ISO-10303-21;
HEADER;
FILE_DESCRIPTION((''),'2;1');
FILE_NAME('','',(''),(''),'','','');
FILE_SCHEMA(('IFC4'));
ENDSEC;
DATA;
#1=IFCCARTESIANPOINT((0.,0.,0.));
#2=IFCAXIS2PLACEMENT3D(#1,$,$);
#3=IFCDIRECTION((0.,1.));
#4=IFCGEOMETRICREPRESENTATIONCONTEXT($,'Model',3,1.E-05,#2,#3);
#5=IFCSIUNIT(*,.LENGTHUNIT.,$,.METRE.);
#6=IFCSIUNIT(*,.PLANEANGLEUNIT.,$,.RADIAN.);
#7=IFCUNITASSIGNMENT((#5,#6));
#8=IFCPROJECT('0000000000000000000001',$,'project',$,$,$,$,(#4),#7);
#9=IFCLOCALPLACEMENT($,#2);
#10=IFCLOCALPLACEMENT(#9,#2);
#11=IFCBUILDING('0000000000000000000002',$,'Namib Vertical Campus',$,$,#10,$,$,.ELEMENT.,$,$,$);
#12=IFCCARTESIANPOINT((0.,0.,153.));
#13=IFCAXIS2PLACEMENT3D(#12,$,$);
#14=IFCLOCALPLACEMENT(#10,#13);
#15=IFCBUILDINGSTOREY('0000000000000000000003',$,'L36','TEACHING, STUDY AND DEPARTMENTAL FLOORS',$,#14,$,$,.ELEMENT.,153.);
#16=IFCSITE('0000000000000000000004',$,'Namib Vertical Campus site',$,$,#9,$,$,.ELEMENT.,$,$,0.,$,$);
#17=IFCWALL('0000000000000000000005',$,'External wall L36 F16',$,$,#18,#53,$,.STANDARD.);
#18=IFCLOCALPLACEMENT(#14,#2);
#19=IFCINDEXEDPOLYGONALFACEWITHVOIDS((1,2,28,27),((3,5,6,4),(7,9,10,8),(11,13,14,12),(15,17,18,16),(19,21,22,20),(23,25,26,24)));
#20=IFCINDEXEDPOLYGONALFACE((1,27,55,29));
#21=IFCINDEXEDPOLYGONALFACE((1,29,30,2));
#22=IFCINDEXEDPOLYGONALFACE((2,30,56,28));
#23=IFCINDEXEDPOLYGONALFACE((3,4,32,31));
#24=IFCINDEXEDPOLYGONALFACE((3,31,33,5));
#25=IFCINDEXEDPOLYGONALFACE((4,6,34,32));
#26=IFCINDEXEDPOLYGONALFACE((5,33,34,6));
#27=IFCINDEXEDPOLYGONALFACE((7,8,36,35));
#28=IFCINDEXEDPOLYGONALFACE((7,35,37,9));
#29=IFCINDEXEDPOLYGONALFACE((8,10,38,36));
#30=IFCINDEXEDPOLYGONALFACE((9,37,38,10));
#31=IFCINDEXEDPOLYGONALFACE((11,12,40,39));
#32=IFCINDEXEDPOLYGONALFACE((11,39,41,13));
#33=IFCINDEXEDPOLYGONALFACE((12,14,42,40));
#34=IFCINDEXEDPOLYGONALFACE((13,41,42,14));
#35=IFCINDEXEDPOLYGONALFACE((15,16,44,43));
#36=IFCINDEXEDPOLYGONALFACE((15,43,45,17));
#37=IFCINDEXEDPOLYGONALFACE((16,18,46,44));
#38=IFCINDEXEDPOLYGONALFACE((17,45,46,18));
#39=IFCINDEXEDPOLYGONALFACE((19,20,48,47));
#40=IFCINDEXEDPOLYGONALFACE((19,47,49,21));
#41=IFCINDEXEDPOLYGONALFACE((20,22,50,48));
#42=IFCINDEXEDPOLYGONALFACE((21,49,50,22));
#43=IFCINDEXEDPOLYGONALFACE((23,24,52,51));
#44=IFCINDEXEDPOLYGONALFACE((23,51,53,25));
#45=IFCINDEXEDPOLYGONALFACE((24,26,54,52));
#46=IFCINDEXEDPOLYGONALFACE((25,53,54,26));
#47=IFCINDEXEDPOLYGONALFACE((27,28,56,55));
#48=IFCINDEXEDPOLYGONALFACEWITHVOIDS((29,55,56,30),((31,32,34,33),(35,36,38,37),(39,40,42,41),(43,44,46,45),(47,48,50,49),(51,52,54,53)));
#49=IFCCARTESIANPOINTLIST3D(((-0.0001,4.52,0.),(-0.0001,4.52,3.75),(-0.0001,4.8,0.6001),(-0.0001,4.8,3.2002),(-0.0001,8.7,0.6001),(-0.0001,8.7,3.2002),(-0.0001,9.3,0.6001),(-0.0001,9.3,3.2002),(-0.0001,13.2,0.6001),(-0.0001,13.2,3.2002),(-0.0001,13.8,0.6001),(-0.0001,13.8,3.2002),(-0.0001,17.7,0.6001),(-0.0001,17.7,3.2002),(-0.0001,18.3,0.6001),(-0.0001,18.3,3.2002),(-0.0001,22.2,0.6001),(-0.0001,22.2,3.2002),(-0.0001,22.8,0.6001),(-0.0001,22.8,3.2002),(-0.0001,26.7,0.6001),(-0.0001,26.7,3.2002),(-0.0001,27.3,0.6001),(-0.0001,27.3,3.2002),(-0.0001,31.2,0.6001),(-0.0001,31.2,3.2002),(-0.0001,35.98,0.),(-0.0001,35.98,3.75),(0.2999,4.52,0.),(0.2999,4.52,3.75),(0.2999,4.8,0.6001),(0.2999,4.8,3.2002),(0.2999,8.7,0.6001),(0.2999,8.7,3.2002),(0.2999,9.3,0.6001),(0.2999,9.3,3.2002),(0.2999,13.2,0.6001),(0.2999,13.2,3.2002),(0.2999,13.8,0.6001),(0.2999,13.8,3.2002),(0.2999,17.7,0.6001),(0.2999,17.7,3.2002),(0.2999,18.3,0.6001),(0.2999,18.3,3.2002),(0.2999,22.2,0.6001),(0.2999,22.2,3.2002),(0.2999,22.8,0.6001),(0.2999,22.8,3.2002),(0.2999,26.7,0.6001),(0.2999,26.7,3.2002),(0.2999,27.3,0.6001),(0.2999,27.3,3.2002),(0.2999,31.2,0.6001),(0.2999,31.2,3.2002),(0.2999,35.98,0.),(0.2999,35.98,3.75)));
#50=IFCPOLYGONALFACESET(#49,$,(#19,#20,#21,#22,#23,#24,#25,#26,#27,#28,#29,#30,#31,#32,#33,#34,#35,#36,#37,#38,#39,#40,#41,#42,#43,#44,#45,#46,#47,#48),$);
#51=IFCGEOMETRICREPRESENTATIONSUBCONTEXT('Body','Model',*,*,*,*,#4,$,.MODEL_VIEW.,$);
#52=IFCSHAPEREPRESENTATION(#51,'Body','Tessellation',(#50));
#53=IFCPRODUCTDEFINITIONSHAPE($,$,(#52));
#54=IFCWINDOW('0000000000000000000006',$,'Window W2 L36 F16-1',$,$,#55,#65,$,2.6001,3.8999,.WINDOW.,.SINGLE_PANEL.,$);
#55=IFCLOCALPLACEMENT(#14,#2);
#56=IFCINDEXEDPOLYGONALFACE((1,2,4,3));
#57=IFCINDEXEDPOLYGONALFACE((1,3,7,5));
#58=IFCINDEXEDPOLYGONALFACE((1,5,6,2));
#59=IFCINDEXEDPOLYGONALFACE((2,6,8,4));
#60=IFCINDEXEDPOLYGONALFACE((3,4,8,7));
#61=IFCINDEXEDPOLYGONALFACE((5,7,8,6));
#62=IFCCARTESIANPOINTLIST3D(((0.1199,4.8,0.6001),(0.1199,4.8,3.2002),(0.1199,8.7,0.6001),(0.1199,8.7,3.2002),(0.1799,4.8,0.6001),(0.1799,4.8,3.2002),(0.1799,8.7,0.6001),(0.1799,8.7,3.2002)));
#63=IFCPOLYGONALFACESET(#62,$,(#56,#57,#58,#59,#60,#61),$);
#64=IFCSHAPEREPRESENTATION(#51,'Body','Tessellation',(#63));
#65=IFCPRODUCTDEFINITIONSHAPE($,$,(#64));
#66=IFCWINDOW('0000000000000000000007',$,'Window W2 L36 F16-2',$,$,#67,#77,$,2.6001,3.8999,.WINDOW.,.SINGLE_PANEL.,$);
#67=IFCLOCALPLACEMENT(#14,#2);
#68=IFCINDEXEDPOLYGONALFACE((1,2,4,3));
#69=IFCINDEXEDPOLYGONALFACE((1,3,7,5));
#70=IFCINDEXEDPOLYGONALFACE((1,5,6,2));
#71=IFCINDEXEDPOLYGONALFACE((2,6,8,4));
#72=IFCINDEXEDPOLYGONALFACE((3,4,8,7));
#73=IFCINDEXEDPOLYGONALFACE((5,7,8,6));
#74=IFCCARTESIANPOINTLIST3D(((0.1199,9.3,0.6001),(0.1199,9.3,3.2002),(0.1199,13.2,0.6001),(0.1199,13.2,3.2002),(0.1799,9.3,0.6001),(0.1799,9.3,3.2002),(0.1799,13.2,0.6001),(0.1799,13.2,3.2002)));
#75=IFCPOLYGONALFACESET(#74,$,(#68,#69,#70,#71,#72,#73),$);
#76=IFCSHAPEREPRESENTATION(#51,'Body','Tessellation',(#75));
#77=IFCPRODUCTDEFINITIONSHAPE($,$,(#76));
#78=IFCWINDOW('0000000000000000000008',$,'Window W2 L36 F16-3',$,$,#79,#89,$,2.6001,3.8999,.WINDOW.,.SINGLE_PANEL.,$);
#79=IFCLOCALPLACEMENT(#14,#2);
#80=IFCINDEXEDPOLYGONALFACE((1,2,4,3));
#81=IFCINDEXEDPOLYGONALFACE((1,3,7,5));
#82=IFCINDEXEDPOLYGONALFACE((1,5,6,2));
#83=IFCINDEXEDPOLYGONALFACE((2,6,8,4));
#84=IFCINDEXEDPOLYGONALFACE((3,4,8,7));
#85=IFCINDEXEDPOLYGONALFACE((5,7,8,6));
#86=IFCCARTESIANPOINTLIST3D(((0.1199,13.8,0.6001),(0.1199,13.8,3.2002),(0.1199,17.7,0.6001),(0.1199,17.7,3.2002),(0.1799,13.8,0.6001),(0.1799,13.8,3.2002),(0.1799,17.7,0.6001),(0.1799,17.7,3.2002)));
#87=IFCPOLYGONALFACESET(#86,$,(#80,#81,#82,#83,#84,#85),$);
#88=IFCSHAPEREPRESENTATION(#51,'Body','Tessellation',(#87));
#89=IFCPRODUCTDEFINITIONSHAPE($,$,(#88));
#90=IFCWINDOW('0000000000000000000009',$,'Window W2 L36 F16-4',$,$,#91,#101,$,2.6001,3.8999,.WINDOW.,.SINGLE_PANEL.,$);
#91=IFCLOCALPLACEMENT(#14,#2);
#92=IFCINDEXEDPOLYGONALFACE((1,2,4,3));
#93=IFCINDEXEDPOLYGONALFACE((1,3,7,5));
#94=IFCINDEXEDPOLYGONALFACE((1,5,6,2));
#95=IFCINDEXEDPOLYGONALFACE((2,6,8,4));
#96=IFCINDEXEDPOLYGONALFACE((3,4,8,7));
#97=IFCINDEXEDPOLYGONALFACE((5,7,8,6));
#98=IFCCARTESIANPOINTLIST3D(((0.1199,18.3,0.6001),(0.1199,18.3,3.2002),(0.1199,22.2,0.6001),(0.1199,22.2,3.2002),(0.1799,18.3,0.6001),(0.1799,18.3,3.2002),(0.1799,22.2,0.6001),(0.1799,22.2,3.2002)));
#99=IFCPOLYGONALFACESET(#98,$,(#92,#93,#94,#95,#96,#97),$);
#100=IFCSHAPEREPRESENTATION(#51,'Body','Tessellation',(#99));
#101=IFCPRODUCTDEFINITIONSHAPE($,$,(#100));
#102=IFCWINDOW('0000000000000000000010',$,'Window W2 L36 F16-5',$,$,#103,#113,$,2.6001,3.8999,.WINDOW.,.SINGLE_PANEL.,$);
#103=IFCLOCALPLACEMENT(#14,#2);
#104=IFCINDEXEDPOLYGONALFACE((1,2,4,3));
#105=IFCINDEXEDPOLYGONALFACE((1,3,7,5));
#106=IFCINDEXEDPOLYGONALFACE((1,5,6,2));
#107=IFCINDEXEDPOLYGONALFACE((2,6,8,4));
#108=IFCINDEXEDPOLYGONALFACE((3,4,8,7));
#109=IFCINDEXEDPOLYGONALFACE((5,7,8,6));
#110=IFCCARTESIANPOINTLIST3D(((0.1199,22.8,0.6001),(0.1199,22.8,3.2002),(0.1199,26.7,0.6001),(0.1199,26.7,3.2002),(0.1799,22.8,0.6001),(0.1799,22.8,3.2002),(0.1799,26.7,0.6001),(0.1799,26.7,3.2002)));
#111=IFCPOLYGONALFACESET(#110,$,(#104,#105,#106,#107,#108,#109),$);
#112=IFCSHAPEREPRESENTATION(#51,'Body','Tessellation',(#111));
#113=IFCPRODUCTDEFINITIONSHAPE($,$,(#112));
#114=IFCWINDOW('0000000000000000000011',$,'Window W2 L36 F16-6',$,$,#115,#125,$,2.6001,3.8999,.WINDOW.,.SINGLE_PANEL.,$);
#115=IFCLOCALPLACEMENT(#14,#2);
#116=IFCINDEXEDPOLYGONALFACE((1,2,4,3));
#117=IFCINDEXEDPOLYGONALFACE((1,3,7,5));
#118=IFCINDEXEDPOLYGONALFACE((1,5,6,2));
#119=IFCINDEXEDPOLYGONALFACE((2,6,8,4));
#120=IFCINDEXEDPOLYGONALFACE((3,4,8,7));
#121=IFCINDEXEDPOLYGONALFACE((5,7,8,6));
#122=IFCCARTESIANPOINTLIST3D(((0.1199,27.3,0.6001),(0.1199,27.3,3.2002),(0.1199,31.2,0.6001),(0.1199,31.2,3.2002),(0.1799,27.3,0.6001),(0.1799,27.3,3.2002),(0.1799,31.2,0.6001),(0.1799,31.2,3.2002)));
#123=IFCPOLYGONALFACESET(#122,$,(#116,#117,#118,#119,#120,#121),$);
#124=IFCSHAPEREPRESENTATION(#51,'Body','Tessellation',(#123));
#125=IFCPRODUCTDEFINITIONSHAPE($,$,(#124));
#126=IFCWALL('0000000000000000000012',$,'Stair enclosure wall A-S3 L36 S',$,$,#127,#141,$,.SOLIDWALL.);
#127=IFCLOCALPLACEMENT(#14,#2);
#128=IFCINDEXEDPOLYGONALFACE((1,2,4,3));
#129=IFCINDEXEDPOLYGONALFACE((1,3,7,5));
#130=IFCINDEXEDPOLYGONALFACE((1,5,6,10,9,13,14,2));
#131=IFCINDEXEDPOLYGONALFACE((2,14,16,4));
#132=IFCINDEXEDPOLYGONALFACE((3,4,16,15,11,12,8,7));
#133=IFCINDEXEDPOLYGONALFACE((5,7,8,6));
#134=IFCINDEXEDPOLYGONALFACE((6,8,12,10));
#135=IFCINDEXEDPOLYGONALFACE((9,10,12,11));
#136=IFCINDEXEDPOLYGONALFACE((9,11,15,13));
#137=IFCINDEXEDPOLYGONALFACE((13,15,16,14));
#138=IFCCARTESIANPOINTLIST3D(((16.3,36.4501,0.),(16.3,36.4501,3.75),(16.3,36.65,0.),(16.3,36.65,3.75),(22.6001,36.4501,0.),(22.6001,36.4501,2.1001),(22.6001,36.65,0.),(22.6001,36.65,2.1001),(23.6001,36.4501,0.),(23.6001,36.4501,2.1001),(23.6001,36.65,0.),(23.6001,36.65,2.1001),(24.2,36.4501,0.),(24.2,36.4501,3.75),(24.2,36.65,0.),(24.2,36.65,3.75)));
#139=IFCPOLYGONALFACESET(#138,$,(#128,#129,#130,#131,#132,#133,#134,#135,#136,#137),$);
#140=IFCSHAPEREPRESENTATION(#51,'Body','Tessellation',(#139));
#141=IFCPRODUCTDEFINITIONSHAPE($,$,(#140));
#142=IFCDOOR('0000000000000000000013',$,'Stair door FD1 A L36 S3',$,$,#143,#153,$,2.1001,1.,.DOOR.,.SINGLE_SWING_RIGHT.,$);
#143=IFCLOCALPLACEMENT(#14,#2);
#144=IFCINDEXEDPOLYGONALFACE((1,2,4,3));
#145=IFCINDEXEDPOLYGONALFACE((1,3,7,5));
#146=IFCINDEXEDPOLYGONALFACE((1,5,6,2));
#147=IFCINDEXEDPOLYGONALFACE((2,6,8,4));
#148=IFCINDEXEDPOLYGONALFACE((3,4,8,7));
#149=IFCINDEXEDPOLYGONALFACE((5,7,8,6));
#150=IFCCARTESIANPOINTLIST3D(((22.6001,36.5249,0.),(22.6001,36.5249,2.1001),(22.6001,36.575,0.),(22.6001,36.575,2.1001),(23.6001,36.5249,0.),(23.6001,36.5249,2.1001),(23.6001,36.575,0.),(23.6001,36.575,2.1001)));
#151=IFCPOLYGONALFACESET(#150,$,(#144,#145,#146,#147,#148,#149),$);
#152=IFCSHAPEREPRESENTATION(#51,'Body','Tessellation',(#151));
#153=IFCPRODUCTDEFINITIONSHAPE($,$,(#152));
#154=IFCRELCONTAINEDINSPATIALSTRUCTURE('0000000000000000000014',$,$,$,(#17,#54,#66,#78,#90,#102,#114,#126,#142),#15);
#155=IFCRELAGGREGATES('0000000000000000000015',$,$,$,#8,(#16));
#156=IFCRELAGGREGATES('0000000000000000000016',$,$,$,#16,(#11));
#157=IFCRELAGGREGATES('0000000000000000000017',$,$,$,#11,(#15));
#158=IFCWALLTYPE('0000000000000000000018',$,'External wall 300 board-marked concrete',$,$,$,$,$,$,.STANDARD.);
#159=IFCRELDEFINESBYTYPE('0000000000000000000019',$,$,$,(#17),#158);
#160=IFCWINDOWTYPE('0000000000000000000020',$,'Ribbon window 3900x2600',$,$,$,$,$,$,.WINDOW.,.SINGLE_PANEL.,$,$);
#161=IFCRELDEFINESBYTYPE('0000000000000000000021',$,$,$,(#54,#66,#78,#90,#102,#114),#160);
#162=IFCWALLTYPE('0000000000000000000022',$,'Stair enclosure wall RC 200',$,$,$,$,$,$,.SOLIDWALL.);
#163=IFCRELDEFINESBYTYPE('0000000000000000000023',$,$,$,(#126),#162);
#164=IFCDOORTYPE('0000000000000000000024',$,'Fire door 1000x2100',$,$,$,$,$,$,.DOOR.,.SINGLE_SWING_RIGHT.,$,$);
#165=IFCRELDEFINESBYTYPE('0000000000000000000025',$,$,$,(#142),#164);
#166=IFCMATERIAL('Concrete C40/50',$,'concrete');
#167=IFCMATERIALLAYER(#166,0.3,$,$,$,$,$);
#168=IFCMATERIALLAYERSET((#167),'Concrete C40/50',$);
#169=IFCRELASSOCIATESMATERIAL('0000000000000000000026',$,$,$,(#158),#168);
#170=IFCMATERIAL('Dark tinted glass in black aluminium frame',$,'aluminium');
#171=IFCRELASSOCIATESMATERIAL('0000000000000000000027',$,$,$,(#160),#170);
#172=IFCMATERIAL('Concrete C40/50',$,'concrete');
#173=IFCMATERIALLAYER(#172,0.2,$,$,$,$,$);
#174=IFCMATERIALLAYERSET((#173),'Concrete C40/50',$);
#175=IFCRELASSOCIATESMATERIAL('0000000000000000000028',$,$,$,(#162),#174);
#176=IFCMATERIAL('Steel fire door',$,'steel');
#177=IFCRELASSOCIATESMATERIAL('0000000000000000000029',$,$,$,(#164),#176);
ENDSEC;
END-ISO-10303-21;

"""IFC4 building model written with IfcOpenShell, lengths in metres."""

from ifc_helpers import new_model, si_unit, direction, frame, frame_2d, origin, place, context, subcontext, project, spatial, rectangle, extrude, material, layer, layer_set, type_object, element, fill, save


model = new_model("IFC4")

# Units and contexts
model_context = context("Model", 3, precision=1e-05, world=origin(), true_north=direction((0.0, 1.0)))
body_context = subcontext(model_context, "Body", "Model", "MODEL_VIEW")
ifc_project = project(units=[si_unit("LENGTHUNIT", "METRE"), si_unit("PLANEANGLEUNIT", "RADIAN")], contexts=[model_context])

# Site, building, storey
site_placement = place(None, origin())
site = spatial("IfcSite", under=ifc_project, at=site_placement, Name="Namib Vertical Campus site", CompositionType="ELEMENT", RefElevation=0.0)
building_placement = place(site_placement, origin())
building = spatial("IfcBuilding", under=site, at=building_placement, Name="Namib Vertical Campus", CompositionType="ELEMENT")
storey_placement = place(building_placement, frame((0.0, 0.0, 153.0)))
storey = spatial("IfcBuildingStorey", under=building, at=storey_placement, Name="L36", Description="TEACHING, STUDY AND DEPARTMENTAL FLOORS", CompositionType="ELEMENT", Elevation=153.0)

# Shared definitions
ifc_material_1 = material(Name="Concrete C40/50", Category="concrete")
ifc_layer_1 = layer(ifc_material_1, 0.3)
ifc_layer_set_1 = layer_set([ifc_layer_1], Name="Concrete C40/50")
wall_type_1 = type_object("IfcWallType", Name="External wall 300 board-marked concrete", PredefinedType="STANDARD", material=ifc_layer_set_1)

# Wall, openings, windows
wall_1_placement = place(storey_placement, frame((0.1499, 35.98, 0.0), z_axis=(0.0, 0.0, 1.0), x_axis=(0.0, -1.0, 0.0)))
wall_1 = element("IfcWall", 1, at=wall_1_placement, inside=storey, type_object=wall_type_1, Name="External wall L36 F16", PredefinedType="STANDARD", context=body_context, shape_type="SweptSolid", body=[
    extrude(rectangle(XDim=31.46, YDim=0.3, at=frame_2d((15.73, 0.0))), origin(), (0.0, 0.0, 1.0), 3.75),
])
opening_1_placement = place(wall_1_placement, frame((27.28, 0.0, 0.6001)))
opening_1 = element("IfcOpeningElement", 2, at=opening_1_placement, cuts=wall_1, PredefinedType="OPENING", context=body_context, shape_type="SweptSolid", body=[
    extrude(rectangle(XDim=3.8999, YDim=2.6001, at=frame_2d((1.95, 1.3))), frame((0.0, 0.1599, 0.0), z_axis=(0.0, -1.0, 0.0), x_axis=(1.0, 0.0, 0.0)), (0.0, 0.0, 1.0), 0.3201),
])
opening_2_placement = place(wall_1_placement, frame((22.78, 0.0, 0.6001)))
opening_2 = element("IfcOpeningElement", 3, at=opening_2_placement, cuts=wall_1, PredefinedType="OPENING", context=body_context, shape_type="SweptSolid", body=[
    extrude(rectangle(XDim=3.8999, YDim=2.6001, at=frame_2d((1.95, 1.3))), frame((0.0, 0.1599, 0.0), z_axis=(0.0, -1.0, 0.0), x_axis=(1.0, 0.0, 0.0)), (0.0, 0.0, 1.0), 0.3201),
])
opening_3_placement = place(wall_1_placement, frame((18.28, 0.0, 0.6001)))
opening_3 = element("IfcOpeningElement", 4, at=opening_3_placement, cuts=wall_1, PredefinedType="OPENING", context=body_context, shape_type="SweptSolid", body=[
    extrude(rectangle(XDim=3.8999, YDim=2.6001, at=frame_2d((1.95, 1.3))), frame((0.0, 0.1599, 0.0), z_axis=(0.0, -1.0, 0.0), x_axis=(1.0, 0.0, 0.0)), (0.0, 0.0, 1.0), 0.3201),
])
opening_4_placement = place(wall_1_placement, frame((13.78, 0.0, 0.6001)))
opening_4 = element("IfcOpeningElement", 5, at=opening_4_placement, cuts=wall_1, PredefinedType="OPENING", context=body_context, shape_type="SweptSolid", body=[
    extrude(rectangle(XDim=3.8999, YDim=2.6001, at=frame_2d((1.95, 1.3))), frame((0.0, 0.1599, 0.0), z_axis=(0.0, -1.0, 0.0), x_axis=(1.0, 0.0, 0.0)), (0.0, 0.0, 1.0), 0.3201),
])
opening_5_placement = place(wall_1_placement, frame((9.28, 0.0, 0.6001)))
opening_5 = element("IfcOpeningElement", 6, at=opening_5_placement, cuts=wall_1, PredefinedType="OPENING", context=body_context, shape_type="SweptSolid", body=[
    extrude(rectangle(XDim=3.8999, YDim=2.6001, at=frame_2d((1.95, 1.3))), frame((0.0, 0.1599, 0.0), z_axis=(0.0, -1.0, 0.0), x_axis=(1.0, 0.0, 0.0)), (0.0, 0.0, 1.0), 0.3201),
])
opening_6_placement = place(wall_1_placement, frame((4.78, 0.0, 0.6001)))
opening_6 = element("IfcOpeningElement", 7, at=opening_6_placement, cuts=wall_1, PredefinedType="OPENING", context=body_context, shape_type="SweptSolid", body=[
    extrude(rectangle(XDim=3.8999, YDim=2.6001, at=frame_2d((1.95, 1.3))), frame((0.0, 0.1599, 0.0), z_axis=(0.0, -1.0, 0.0), x_axis=(1.0, 0.0, 0.0)), (0.0, 0.0, 1.0), 0.3201),
])
ifc_material_2 = material(Name="Dark tinted glass in black aluminium frame", Category="aluminium")
window_type = type_object("IfcWindowType", Name="Ribbon window 3900x2600", PartitioningType="SINGLE_PANEL", PredefinedType="WINDOW", material=ifc_material_2)
window_1_placement = place(opening_1_placement, origin())
window_1 = element("IfcWindow", 8, at=window_1_placement, inside=storey, type_object=window_type, Name="Window W2 L36 F16-1", OverallHeight=2.6001, OverallWidth=3.8999, PartitioningType="SINGLE_PANEL", PredefinedType="WINDOW", context=body_context, shape_type="SweptSolid", body=[
    extrude(rectangle(XDim=3.8999, YDim=2.6001, at=frame_2d((1.95, 1.3))), frame((0.0, 0.03, 0.0), z_axis=(0.0, -1.0, 0.0), x_axis=(1.0, 0.0, 0.0)), (0.0, 0.0, 1.0), 0.0601),
])
fill(opening_1, window_1)
window_2_placement = place(opening_2_placement, origin())
window_2 = element("IfcWindow", 9, at=window_2_placement, inside=storey, type_object=window_type, Name="Window W2 L36 F16-2", OverallHeight=2.6001, OverallWidth=3.8999, PartitioningType="SINGLE_PANEL", PredefinedType="WINDOW", context=body_context, shape_type="SweptSolid", body=[
    extrude(rectangle(XDim=3.8999, YDim=2.6001, at=frame_2d((1.95, 1.3))), frame((0.0, 0.03, 0.0), z_axis=(0.0, -1.0, 0.0), x_axis=(1.0, 0.0, 0.0)), (0.0, 0.0, 1.0), 0.0601),
])
fill(opening_2, window_2)
window_3_placement = place(opening_3_placement, origin())
window_3 = element("IfcWindow", 10, at=window_3_placement, inside=storey, type_object=window_type, Name="Window W2 L36 F16-3", OverallHeight=2.6001, OverallWidth=3.8999, PartitioningType="SINGLE_PANEL", PredefinedType="WINDOW", context=body_context, shape_type="SweptSolid", body=[
    extrude(rectangle(XDim=3.8999, YDim=2.6001, at=frame_2d((1.95, 1.3))), frame((0.0, 0.03, 0.0), z_axis=(0.0, -1.0, 0.0), x_axis=(1.0, 0.0, 0.0)), (0.0, 0.0, 1.0), 0.0601),
])
fill(opening_3, window_3)
window_4_placement = place(opening_4_placement, origin())
window_4 = element("IfcWindow", 11, at=window_4_placement, inside=storey, type_object=window_type, Name="Window W2 L36 F16-4", OverallHeight=2.6001, OverallWidth=3.8999, PartitioningType="SINGLE_PANEL", PredefinedType="WINDOW", context=body_context, shape_type="SweptSolid", body=[
    extrude(rectangle(XDim=3.8999, YDim=2.6001, at=frame_2d((1.95, 1.3))), frame((0.0, 0.03, 0.0), z_axis=(0.0, -1.0, 0.0), x_axis=(1.0, 0.0, 0.0)), (0.0, 0.0, 1.0), 0.0601),
])
fill(opening_4, window_4)
window_5_placement = place(opening_5_placement, origin())
window_5 = element("IfcWindow", 12, at=window_5_placement, inside=storey, type_object=window_type, Name="Window W2 L36 F16-5", OverallHeight=2.6001, OverallWidth=3.8999, PartitioningType="SINGLE_PANEL", PredefinedType="WINDOW", context=body_context, shape_type="SweptSolid", body=[
    extrude(rectangle(XDim=3.8999, YDim=2.6001, at=frame_2d((1.95, 1.3))), frame((0.0, 0.03, 0.0), z_axis=(0.0, -1.0, 0.0), x_axis=(1.0, 0.0, 0.0)), (0.0, 0.0, 1.0), 0.0601),
])
fill(opening_5, window_5)
window_6_placement = place(opening_6_placement, origin())
window_6 = element("IfcWindow", 13, at=window_6_placement, inside=storey, type_object=window_type, Name="Window W2 L36 F16-6", OverallHeight=2.6001, OverallWidth=3.8999, PartitioningType="SINGLE_PANEL", PredefinedType="WINDOW", context=body_context, shape_type="SweptSolid", body=[
    extrude(rectangle(XDim=3.8999, YDim=2.6001, at=frame_2d((1.95, 1.3))), frame((0.0, 0.03, 0.0), z_axis=(0.0, -1.0, 0.0), x_axis=(1.0, 0.0, 0.0)), (0.0, 0.0, 1.0), 0.0601),
])
fill(opening_6, window_6)

# Wall, opening, door
ifc_material_3 = material(Name="Concrete C40/50", Category="concrete")
ifc_layer_2 = layer(ifc_material_3, 0.2)
ifc_layer_set_2 = layer_set([ifc_layer_2], Name="Concrete C40/50")
wall_type_2 = type_object("IfcWallType", Name="Stair enclosure wall RC 200", PredefinedType="SOLIDWALL", material=ifc_layer_set_2)
wall_2_placement = place(storey_placement, frame((16.3, 36.55, 0.0), z_axis=(0.0, 0.0, 1.0), x_axis=(1.0, 0.0, 0.0)))
wall_2 = element("IfcWall", 14, at=wall_2_placement, inside=storey, type_object=wall_type_2, Name="Stair enclosure wall A-S3 L36 S", PredefinedType="SOLIDWALL", context=body_context, shape_type="SweptSolid", body=[
    extrude(rectangle(XDim=7.8999, YDim=0.2, at=frame_2d((3.95, 0.0))), origin(), (0.0, 0.0, 1.0), 3.75),
])
opening_7_placement = place(wall_2_placement, frame((6.3, 0.0, 0.0)))
opening_7 = element("IfcOpeningElement", 15, at=opening_7_placement, cuts=wall_2, PredefinedType="OPENING", context=body_context, shape_type="SweptSolid", body=[
    extrude(rectangle(XDim=1.0, YDim=2.1001, at=frame_2d((0.5, 1.05))), frame((0.0, 0.1099, 0.0), z_axis=(0.0, -1.0, 0.0), x_axis=(1.0, 0.0, 0.0)), (0.0, 0.0, 1.0), 0.22),
])
ifc_material_4 = material(Name="Steel fire door", Category="steel")
door_type = type_object("IfcDoorType", Name="Fire door 1000x2100", OperationType="SINGLE_SWING_RIGHT", PredefinedType="DOOR", material=ifc_material_4)
door_placement = place(opening_7_placement, origin())
door = element("IfcDoor", 16, at=door_placement, inside=storey, type_object=door_type, Name="Stair door FD1 A L36 S3", OperationType="SINGLE_SWING_RIGHT", OverallHeight=2.1001, OverallWidth=1.0, PredefinedType="DOOR", context=body_context, shape_type="SweptSolid", body=[
    extrude(rectangle(XDim=1.0, YDim=2.1001, at=frame_2d((0.5, 1.05))), frame((0.0, 0.0249, 0.0), z_axis=(0.0, -1.0, 0.0), x_axis=(1.0, 0.0, 0.0)), (0.0, 0.0, 1.0), 0.05),
])
fill(opening_7, door)

save(model, "model.ifc")
